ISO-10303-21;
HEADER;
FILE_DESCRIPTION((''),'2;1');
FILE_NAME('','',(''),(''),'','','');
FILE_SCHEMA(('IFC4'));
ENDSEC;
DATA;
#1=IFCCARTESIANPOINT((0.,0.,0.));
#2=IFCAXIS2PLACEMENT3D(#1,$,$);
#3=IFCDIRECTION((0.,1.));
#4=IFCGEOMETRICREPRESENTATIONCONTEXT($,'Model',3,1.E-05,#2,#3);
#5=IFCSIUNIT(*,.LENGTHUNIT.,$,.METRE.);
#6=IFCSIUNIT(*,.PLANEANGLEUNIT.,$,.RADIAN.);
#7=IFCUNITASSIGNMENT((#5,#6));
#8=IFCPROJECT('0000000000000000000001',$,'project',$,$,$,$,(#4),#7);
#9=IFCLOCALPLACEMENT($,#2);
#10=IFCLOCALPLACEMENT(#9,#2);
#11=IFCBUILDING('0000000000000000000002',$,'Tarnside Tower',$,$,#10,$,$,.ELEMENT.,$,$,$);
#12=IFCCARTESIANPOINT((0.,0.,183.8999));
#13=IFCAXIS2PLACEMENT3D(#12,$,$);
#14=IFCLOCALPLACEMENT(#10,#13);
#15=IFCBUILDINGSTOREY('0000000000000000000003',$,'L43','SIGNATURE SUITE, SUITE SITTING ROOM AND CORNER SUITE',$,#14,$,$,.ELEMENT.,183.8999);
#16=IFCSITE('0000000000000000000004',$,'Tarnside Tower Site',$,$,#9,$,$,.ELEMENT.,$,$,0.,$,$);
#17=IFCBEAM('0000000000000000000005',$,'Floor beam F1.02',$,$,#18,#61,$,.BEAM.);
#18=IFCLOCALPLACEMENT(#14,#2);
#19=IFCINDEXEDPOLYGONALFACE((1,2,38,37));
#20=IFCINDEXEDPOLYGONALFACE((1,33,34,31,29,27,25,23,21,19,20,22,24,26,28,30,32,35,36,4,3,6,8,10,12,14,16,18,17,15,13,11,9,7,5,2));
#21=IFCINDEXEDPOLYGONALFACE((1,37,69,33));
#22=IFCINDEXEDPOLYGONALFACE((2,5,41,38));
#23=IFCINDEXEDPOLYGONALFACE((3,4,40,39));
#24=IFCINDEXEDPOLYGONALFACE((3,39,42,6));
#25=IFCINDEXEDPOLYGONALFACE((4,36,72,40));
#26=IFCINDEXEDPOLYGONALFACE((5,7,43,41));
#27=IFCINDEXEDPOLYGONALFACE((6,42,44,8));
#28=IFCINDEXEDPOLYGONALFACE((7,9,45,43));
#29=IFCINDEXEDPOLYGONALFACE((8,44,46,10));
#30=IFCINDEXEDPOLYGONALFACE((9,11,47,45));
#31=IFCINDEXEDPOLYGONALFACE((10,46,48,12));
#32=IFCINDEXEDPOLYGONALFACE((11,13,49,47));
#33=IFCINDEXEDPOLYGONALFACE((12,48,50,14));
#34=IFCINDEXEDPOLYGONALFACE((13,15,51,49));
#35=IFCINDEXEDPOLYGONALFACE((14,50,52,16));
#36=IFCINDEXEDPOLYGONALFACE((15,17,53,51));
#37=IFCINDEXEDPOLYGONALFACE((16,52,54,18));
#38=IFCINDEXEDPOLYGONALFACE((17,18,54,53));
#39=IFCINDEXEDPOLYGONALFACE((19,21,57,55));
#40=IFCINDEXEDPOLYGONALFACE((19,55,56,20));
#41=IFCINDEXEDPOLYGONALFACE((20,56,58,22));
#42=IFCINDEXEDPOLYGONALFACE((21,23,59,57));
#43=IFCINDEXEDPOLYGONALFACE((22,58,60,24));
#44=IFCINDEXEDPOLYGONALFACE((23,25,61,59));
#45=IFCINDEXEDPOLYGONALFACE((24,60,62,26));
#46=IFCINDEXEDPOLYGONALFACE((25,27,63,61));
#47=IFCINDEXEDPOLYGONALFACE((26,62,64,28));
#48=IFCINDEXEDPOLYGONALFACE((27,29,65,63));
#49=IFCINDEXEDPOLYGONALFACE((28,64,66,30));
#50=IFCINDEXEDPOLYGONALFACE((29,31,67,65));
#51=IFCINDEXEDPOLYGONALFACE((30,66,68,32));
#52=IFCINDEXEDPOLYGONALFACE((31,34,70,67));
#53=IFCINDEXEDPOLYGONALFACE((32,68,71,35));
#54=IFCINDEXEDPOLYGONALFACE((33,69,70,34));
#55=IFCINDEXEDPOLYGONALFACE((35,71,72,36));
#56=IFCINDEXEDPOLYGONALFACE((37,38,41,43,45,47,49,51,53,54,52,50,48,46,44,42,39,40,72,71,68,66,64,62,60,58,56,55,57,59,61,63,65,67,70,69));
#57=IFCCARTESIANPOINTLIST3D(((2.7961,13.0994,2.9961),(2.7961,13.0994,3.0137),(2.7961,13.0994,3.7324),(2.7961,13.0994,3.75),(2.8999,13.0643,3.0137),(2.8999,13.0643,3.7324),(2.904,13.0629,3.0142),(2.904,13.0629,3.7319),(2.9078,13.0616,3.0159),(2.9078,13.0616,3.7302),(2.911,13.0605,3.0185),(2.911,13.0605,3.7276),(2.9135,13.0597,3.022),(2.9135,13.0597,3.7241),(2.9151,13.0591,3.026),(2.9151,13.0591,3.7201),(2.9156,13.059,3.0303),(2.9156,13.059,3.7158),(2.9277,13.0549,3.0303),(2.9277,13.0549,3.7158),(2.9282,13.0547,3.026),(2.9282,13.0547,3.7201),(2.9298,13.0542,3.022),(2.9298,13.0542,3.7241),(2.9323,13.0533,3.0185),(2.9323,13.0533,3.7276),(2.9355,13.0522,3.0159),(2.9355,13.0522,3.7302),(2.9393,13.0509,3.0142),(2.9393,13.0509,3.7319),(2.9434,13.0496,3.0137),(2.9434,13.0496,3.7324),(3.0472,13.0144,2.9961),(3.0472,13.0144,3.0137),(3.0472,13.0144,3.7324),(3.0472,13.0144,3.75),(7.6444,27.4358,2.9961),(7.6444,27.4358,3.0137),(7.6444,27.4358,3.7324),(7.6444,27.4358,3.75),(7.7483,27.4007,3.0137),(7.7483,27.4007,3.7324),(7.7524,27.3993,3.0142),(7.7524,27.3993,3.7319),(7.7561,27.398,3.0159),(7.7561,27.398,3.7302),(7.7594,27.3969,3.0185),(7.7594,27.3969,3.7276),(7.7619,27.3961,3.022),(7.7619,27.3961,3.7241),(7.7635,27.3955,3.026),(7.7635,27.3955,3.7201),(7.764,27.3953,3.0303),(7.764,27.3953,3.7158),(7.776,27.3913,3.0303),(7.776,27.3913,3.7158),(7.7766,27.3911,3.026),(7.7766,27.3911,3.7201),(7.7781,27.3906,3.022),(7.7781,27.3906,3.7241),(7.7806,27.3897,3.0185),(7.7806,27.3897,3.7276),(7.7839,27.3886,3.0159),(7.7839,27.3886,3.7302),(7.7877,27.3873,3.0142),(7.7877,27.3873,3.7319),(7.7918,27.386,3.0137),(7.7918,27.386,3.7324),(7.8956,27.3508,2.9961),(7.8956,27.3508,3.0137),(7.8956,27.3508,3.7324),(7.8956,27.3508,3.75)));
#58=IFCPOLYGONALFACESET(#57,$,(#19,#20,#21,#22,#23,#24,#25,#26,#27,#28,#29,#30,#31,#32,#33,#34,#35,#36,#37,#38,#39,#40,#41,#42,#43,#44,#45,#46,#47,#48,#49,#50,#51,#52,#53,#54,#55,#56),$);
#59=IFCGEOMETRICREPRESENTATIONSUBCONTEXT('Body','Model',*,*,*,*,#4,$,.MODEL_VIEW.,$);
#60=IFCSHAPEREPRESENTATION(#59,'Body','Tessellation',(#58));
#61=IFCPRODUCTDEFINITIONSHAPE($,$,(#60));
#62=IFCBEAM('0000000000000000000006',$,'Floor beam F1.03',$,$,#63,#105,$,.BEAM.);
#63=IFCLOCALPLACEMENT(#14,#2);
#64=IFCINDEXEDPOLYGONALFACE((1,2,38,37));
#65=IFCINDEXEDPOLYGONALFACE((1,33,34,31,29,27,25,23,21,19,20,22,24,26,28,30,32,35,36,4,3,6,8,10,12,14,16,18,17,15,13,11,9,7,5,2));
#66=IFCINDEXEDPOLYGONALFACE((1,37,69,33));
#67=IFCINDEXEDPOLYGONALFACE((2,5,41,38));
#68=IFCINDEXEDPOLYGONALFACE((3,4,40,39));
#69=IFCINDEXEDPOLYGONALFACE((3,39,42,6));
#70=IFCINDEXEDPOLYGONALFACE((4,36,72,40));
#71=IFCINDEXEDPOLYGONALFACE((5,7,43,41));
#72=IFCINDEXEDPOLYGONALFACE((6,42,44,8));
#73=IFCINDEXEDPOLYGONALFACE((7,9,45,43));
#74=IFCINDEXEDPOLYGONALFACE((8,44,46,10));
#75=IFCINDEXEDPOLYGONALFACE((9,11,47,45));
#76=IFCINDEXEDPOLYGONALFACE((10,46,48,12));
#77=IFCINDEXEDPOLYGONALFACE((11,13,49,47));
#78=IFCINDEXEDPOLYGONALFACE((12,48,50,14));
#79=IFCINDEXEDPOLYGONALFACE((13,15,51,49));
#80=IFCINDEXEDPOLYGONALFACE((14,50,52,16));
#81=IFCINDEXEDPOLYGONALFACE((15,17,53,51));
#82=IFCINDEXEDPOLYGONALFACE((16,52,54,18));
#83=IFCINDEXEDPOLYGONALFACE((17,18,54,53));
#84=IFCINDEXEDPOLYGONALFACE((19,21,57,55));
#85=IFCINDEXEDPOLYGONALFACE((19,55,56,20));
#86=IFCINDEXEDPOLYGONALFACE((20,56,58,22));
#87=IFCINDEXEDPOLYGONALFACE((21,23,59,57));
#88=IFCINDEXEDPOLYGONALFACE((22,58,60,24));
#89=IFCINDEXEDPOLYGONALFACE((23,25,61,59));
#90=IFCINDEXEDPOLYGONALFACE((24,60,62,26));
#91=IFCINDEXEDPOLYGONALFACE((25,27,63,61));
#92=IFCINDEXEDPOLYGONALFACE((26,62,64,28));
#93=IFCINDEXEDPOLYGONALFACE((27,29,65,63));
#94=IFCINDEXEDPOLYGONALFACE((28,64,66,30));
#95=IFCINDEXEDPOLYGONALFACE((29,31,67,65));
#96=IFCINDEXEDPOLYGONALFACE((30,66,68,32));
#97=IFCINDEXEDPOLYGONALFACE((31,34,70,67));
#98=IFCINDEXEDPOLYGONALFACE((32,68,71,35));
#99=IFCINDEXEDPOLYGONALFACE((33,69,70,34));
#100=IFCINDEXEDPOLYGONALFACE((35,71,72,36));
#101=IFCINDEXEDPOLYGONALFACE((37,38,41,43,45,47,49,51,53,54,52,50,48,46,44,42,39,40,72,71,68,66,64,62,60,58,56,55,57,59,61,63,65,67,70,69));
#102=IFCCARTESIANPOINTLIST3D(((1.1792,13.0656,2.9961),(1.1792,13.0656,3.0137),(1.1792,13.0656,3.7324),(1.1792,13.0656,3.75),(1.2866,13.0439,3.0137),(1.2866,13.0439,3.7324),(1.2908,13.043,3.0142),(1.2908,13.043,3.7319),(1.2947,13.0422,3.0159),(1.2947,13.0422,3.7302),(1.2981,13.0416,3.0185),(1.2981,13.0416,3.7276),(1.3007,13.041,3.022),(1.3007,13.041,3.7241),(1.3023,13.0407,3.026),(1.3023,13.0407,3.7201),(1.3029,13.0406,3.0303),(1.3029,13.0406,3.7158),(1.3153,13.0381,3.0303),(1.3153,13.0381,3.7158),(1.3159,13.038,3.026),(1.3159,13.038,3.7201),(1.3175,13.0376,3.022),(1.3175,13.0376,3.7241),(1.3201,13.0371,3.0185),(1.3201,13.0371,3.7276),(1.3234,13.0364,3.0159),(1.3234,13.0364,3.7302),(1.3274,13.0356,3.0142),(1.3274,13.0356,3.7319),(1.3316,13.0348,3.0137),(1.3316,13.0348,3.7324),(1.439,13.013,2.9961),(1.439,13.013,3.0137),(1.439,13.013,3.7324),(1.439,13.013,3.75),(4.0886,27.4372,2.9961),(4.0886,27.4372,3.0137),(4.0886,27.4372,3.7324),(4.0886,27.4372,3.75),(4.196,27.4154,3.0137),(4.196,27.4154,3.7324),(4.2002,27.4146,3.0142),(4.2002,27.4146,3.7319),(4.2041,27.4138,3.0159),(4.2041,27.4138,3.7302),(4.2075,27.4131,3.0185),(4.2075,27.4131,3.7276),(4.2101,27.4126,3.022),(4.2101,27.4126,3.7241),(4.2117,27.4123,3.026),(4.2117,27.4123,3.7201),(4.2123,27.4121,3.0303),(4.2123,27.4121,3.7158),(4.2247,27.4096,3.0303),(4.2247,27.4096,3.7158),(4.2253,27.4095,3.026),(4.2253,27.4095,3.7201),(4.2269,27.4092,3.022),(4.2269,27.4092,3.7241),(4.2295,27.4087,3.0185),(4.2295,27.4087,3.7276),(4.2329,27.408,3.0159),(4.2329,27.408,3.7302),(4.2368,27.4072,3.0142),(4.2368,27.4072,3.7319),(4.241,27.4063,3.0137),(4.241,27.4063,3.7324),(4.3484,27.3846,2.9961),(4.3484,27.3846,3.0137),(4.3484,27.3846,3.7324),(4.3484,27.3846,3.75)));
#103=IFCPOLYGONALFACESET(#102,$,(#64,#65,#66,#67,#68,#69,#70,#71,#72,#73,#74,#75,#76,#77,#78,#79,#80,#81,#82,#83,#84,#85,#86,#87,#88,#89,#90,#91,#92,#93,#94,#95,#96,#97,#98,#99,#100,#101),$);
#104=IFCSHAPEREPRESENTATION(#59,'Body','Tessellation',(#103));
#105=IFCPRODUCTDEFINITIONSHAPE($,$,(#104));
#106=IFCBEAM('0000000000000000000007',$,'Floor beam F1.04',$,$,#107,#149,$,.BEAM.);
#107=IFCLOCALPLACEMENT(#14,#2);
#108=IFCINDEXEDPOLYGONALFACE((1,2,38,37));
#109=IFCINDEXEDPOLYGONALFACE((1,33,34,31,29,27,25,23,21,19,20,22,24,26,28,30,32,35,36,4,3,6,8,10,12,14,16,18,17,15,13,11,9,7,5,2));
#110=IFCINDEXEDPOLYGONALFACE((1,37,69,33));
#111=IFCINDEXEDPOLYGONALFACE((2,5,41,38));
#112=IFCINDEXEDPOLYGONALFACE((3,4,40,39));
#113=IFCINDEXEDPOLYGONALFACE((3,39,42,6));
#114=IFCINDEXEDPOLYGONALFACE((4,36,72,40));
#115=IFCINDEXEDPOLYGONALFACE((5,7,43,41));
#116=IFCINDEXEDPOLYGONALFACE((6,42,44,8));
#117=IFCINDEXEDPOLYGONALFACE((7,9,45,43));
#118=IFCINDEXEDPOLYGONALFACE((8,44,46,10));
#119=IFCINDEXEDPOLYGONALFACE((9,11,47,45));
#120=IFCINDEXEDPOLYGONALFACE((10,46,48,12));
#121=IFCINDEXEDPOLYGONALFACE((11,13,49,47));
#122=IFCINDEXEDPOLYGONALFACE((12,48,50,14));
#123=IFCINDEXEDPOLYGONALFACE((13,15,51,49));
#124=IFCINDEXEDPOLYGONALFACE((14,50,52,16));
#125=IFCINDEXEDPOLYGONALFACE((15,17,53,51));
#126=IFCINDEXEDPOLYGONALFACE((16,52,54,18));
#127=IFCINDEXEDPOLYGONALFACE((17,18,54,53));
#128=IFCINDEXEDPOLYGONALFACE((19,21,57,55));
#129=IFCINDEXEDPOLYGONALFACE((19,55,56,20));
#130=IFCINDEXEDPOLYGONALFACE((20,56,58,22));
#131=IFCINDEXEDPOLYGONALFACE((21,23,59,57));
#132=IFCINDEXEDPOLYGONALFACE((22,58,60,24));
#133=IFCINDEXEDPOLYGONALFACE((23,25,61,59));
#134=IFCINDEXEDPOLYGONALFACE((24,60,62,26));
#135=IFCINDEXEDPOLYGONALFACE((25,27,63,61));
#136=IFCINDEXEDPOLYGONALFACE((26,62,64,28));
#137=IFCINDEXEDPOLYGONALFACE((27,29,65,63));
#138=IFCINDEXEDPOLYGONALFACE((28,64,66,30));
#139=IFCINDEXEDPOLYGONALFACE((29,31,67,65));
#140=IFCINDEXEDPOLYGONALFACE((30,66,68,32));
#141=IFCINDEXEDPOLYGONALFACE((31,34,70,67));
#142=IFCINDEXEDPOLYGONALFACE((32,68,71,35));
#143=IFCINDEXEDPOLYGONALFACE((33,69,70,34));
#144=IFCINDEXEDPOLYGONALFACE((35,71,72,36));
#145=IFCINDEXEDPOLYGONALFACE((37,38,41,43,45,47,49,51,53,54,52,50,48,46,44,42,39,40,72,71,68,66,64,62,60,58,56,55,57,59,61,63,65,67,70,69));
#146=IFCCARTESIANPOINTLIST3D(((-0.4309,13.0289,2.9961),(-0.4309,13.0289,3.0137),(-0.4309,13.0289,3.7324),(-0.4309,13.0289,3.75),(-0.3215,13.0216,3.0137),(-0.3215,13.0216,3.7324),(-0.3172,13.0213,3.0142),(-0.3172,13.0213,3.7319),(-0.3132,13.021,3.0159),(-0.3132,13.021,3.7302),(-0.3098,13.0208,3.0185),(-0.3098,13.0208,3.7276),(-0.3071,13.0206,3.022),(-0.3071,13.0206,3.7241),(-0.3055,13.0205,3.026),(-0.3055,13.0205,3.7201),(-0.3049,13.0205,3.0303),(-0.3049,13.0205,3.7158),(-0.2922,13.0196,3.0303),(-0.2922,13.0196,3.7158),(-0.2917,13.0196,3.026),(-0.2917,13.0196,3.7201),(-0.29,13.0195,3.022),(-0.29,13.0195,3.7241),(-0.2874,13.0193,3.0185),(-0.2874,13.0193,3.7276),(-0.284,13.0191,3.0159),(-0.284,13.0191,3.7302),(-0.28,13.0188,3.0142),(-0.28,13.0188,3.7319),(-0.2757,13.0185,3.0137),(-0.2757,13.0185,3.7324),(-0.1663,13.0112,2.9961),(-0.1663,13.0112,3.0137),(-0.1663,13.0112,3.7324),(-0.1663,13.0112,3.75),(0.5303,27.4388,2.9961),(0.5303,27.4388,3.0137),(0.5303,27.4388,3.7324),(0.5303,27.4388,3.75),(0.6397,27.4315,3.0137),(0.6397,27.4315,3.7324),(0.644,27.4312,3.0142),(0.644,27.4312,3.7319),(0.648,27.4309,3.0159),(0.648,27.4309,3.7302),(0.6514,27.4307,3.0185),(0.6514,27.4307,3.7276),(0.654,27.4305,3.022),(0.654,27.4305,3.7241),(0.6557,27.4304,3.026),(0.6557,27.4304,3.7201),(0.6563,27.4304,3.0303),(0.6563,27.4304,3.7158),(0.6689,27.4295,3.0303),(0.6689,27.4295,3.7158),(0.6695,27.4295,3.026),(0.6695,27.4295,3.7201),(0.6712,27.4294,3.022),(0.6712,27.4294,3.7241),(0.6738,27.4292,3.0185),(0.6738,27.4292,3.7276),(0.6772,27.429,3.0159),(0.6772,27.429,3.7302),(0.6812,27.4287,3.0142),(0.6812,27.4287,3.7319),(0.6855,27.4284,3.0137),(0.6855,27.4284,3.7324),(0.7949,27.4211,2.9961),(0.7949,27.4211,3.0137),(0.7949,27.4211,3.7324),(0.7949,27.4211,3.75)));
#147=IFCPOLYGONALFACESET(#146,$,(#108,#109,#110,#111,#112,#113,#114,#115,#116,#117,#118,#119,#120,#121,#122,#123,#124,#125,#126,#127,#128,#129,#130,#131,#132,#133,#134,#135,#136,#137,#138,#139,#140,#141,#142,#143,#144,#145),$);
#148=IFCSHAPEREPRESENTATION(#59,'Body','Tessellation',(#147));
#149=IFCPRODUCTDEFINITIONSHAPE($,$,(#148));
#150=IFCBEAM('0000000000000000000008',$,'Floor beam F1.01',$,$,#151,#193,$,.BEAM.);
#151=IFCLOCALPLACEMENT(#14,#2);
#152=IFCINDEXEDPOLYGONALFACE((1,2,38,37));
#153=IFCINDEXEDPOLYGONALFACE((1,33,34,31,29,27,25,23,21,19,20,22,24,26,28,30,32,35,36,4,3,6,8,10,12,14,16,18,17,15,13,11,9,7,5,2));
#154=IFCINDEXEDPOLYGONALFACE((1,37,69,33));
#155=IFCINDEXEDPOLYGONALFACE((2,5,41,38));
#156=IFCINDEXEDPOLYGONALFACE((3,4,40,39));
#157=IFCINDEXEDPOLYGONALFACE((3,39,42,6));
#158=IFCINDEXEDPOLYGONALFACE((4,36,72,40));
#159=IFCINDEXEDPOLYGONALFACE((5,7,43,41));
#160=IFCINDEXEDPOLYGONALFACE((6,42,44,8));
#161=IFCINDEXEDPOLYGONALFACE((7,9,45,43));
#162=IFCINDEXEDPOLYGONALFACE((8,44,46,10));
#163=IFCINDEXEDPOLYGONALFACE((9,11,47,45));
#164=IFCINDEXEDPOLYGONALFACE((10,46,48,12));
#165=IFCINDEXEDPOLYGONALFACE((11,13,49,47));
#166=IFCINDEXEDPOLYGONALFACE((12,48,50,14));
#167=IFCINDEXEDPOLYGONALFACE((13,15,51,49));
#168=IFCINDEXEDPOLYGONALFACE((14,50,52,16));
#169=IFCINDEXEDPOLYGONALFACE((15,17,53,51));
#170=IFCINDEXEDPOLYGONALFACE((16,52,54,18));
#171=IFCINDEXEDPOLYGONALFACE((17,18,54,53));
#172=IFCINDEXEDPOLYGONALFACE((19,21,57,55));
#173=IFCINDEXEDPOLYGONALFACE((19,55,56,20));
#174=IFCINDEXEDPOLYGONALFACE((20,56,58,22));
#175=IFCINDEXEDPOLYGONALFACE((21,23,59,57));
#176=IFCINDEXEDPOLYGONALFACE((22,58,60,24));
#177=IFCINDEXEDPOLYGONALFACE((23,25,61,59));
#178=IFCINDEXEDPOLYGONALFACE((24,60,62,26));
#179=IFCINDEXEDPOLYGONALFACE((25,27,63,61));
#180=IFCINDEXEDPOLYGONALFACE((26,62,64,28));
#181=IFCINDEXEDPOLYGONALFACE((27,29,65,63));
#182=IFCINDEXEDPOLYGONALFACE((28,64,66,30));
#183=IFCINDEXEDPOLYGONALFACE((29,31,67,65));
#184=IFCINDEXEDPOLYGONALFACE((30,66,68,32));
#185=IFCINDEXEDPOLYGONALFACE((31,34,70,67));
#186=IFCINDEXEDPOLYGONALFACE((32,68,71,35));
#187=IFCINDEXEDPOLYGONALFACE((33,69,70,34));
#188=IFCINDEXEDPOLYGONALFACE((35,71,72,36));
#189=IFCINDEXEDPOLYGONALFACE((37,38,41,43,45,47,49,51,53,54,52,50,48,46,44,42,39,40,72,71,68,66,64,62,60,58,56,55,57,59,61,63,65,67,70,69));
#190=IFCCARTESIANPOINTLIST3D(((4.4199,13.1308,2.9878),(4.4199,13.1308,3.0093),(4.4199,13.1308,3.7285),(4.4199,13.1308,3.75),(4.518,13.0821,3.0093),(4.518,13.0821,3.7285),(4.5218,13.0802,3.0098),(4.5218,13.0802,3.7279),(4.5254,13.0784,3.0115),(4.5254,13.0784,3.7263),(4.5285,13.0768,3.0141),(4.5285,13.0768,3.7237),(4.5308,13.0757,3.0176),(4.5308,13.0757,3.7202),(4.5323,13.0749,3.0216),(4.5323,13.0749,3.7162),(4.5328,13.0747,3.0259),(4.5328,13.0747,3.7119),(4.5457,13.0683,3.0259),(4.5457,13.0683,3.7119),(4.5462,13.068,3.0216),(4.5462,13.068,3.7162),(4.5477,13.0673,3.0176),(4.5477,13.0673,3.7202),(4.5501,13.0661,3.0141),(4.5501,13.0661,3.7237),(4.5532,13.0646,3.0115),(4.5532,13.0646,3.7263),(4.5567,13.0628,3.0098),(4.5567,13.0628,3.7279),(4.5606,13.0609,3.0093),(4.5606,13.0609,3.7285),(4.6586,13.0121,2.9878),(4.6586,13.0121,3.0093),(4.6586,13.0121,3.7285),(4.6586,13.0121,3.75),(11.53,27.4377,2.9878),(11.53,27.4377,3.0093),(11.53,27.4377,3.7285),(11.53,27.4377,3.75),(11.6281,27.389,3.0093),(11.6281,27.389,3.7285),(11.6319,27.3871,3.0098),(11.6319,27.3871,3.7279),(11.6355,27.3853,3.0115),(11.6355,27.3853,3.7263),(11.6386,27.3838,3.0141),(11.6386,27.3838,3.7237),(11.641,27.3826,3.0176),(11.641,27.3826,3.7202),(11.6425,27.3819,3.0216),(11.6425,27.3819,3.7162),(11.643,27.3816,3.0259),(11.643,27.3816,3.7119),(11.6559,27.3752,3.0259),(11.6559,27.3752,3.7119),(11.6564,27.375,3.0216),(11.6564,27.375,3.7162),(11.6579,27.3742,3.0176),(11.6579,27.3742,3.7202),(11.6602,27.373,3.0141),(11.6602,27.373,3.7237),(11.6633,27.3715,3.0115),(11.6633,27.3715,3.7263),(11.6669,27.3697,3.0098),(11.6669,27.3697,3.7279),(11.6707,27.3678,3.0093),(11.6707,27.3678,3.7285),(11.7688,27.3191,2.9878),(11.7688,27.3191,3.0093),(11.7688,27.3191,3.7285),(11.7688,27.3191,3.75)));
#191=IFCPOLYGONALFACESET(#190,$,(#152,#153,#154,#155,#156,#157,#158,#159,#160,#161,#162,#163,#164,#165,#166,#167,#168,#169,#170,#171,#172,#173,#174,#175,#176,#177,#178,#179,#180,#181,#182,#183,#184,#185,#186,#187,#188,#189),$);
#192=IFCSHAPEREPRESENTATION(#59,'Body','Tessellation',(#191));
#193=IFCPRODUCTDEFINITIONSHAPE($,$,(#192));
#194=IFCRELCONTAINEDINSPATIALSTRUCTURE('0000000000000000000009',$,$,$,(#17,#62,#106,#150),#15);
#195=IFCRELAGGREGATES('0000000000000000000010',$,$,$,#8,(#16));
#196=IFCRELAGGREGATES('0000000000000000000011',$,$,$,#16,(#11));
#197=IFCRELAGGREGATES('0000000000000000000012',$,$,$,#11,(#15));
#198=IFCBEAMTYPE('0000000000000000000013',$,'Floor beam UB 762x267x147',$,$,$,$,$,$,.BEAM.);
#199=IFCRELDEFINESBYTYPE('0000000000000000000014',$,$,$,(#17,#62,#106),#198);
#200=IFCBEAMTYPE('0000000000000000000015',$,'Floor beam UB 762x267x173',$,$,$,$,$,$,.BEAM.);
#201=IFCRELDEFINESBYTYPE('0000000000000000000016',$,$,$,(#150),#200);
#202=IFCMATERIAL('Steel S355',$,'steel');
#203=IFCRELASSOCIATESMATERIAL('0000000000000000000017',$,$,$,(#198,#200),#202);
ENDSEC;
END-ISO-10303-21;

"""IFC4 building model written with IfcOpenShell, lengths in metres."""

from ifc_helpers import new_model, si_unit, direction, frame, origin, origin_2d, place, context, subcontext, project, spatial, i_section, extrude, material, material_profile, profile_set, type_object, element, save


model = new_model("IFC4")

# Units and contexts
model_context = context("Model", 3, precision=1e-05, world=origin(), true_north=direction((0.0, 1.0)))
body_context = subcontext(model_context, "Body", "Model", "MODEL_VIEW")
ifc_project = project(units=[si_unit("LENGTHUNIT", "METRE"), si_unit("PLANEANGLEUNIT", "RADIAN")], contexts=[model_context])

# Site, building, storey
site_placement = place(None, origin())
site = spatial("IfcSite", under=ifc_project, at=site_placement, Name="Tarnside Tower Site", CompositionType="ELEMENT", RefElevation=0.0)
building_placement = place(site_placement, origin())
building = spatial("IfcBuilding", under=site, at=building_placement, Name="Tarnside Tower", CompositionType="ELEMENT")
storey_placement = place(building_placement, frame((0.0, 0.0, 183.8999)))
storey = spatial("IfcBuildingStorey", under=building, at=storey_placement, Name="L43", Description="SIGNATURE SUITE, SUITE SITTING ROOM AND CORNER SUITE", CompositionType="ELEMENT", Elevation=183.8999)

# Beams
ifc_material_1 = material(Name="Steel S355", Category="steel")
ifc_material_profile_1 = material_profile(ifc_material_1, i_section(OverallWidth=0.2651, OverallDepth=0.7539, WebThickness=0.0127, FlangeThickness=0.0176, FilletRadius=0.0166, at=origin_2d()), Name="UB 762x267x147")
ifc_profile_set_1 = profile_set([ifc_material_profile_1], Name="Steel S355")
beam_type_1 = type_object("IfcBeamType", Name="Floor beam UB 762x267x147", PredefinedType="BEAM", material=ifc_profile_set_1)
beam_1_placement = place(storey_placement, frame((7.77, 27.3933, 3.373), z_axis=(-0.320363, -0.947295, 0.0), x_axis=(0.947295, -0.320363, 0.0)))
element("IfcBeam", 1, at=beam_1_placement, inside=storey, type_object=beam_type_1, Name="Floor beam F1.02", PredefinedType="BEAM", context=body_context, shape_type="SweptSolid", body=[
    extrude(i_section(OverallWidth=0.2651, OverallDepth=0.7539, WebThickness=0.0127, FlangeThickness=0.0176, FilletRadius=0.0166, at=origin_2d()), origin(), (0.0, 0.0, 1.0), 15.134),
])
beam_2_placement = place(storey_placement, frame((4.2185, 27.4109, 3.373), z_axis=(-0.198418, -0.980118, 0.0), x_axis=(0.980118, -0.198418, 0.0)))
element("IfcBeam", 2, at=beam_2_placement, inside=storey, type_object=beam_type_1, Name="Floor beam F1.03", PredefinedType="BEAM", context=body_context, shape_type="SweptSolid", body=[
    extrude(i_section(OverallWidth=0.2651, OverallDepth=0.7539, WebThickness=0.0127, FlangeThickness=0.0176, FilletRadius=0.0166, at=origin_2d()), origin(), (0.0, 0.0, 1.0), 14.6631),
])
beam_3_placement = place(storey_placement, frame((0.6626, 27.4299, 3.373), z_axis=(-0.066555, -0.997783, 0.0), x_axis=(0.997783, -0.066555, 0.0)))
element("IfcBeam", 3, at=beam_3_placement, inside=storey, type_object=beam_type_1, Name="Floor beam F1.04", PredefinedType="BEAM", context=body_context, shape_type="SweptSolid", body=[
    extrude(i_section(OverallWidth=0.2651, OverallDepth=0.7539, WebThickness=0.0127, FlangeThickness=0.0176, FilletRadius=0.0166, at=origin_2d()), origin(), (0.0, 0.0, 1.0), 14.4419),
])
ifc_material_profile_2 = material_profile(ifc_material_1, i_section(OverallWidth=0.2666, OverallDepth=0.7622, WebThickness=0.0144, FlangeThickness=0.0215, FilletRadius=0.0166, at=origin_2d()), Name="UB 762x267x173")
ifc_profile_set_2 = profile_set([ifc_material_profile_2], Name="Steel S355")
beam_type_2 = type_object("IfcBeamType", Name="Floor beam UB 762x267x173", PredefinedType="BEAM", material=ifc_profile_set_2)
beam_4_placement = place(storey_placement, frame((11.6494, 27.3784, 3.3689), z_axis=(-0.445042, -0.89551, 0.0), x_axis=(0.89551, -0.445042, 0.0)))
element("IfcBeam", 4, at=beam_4_placement, inside=storey, type_object=beam_type_2, Name="Floor beam F1.01", PredefinedType="BEAM", context=body_context, shape_type="SweptSolid", body=[
    extrude(i_section(OverallWidth=0.2666, OverallDepth=0.7622, WebThickness=0.0144, FlangeThickness=0.0215, FilletRadius=0.0166, at=origin_2d()), origin(), (0.0, 0.0, 1.0), 15.9763),
])

save(model, "model.ifc")
